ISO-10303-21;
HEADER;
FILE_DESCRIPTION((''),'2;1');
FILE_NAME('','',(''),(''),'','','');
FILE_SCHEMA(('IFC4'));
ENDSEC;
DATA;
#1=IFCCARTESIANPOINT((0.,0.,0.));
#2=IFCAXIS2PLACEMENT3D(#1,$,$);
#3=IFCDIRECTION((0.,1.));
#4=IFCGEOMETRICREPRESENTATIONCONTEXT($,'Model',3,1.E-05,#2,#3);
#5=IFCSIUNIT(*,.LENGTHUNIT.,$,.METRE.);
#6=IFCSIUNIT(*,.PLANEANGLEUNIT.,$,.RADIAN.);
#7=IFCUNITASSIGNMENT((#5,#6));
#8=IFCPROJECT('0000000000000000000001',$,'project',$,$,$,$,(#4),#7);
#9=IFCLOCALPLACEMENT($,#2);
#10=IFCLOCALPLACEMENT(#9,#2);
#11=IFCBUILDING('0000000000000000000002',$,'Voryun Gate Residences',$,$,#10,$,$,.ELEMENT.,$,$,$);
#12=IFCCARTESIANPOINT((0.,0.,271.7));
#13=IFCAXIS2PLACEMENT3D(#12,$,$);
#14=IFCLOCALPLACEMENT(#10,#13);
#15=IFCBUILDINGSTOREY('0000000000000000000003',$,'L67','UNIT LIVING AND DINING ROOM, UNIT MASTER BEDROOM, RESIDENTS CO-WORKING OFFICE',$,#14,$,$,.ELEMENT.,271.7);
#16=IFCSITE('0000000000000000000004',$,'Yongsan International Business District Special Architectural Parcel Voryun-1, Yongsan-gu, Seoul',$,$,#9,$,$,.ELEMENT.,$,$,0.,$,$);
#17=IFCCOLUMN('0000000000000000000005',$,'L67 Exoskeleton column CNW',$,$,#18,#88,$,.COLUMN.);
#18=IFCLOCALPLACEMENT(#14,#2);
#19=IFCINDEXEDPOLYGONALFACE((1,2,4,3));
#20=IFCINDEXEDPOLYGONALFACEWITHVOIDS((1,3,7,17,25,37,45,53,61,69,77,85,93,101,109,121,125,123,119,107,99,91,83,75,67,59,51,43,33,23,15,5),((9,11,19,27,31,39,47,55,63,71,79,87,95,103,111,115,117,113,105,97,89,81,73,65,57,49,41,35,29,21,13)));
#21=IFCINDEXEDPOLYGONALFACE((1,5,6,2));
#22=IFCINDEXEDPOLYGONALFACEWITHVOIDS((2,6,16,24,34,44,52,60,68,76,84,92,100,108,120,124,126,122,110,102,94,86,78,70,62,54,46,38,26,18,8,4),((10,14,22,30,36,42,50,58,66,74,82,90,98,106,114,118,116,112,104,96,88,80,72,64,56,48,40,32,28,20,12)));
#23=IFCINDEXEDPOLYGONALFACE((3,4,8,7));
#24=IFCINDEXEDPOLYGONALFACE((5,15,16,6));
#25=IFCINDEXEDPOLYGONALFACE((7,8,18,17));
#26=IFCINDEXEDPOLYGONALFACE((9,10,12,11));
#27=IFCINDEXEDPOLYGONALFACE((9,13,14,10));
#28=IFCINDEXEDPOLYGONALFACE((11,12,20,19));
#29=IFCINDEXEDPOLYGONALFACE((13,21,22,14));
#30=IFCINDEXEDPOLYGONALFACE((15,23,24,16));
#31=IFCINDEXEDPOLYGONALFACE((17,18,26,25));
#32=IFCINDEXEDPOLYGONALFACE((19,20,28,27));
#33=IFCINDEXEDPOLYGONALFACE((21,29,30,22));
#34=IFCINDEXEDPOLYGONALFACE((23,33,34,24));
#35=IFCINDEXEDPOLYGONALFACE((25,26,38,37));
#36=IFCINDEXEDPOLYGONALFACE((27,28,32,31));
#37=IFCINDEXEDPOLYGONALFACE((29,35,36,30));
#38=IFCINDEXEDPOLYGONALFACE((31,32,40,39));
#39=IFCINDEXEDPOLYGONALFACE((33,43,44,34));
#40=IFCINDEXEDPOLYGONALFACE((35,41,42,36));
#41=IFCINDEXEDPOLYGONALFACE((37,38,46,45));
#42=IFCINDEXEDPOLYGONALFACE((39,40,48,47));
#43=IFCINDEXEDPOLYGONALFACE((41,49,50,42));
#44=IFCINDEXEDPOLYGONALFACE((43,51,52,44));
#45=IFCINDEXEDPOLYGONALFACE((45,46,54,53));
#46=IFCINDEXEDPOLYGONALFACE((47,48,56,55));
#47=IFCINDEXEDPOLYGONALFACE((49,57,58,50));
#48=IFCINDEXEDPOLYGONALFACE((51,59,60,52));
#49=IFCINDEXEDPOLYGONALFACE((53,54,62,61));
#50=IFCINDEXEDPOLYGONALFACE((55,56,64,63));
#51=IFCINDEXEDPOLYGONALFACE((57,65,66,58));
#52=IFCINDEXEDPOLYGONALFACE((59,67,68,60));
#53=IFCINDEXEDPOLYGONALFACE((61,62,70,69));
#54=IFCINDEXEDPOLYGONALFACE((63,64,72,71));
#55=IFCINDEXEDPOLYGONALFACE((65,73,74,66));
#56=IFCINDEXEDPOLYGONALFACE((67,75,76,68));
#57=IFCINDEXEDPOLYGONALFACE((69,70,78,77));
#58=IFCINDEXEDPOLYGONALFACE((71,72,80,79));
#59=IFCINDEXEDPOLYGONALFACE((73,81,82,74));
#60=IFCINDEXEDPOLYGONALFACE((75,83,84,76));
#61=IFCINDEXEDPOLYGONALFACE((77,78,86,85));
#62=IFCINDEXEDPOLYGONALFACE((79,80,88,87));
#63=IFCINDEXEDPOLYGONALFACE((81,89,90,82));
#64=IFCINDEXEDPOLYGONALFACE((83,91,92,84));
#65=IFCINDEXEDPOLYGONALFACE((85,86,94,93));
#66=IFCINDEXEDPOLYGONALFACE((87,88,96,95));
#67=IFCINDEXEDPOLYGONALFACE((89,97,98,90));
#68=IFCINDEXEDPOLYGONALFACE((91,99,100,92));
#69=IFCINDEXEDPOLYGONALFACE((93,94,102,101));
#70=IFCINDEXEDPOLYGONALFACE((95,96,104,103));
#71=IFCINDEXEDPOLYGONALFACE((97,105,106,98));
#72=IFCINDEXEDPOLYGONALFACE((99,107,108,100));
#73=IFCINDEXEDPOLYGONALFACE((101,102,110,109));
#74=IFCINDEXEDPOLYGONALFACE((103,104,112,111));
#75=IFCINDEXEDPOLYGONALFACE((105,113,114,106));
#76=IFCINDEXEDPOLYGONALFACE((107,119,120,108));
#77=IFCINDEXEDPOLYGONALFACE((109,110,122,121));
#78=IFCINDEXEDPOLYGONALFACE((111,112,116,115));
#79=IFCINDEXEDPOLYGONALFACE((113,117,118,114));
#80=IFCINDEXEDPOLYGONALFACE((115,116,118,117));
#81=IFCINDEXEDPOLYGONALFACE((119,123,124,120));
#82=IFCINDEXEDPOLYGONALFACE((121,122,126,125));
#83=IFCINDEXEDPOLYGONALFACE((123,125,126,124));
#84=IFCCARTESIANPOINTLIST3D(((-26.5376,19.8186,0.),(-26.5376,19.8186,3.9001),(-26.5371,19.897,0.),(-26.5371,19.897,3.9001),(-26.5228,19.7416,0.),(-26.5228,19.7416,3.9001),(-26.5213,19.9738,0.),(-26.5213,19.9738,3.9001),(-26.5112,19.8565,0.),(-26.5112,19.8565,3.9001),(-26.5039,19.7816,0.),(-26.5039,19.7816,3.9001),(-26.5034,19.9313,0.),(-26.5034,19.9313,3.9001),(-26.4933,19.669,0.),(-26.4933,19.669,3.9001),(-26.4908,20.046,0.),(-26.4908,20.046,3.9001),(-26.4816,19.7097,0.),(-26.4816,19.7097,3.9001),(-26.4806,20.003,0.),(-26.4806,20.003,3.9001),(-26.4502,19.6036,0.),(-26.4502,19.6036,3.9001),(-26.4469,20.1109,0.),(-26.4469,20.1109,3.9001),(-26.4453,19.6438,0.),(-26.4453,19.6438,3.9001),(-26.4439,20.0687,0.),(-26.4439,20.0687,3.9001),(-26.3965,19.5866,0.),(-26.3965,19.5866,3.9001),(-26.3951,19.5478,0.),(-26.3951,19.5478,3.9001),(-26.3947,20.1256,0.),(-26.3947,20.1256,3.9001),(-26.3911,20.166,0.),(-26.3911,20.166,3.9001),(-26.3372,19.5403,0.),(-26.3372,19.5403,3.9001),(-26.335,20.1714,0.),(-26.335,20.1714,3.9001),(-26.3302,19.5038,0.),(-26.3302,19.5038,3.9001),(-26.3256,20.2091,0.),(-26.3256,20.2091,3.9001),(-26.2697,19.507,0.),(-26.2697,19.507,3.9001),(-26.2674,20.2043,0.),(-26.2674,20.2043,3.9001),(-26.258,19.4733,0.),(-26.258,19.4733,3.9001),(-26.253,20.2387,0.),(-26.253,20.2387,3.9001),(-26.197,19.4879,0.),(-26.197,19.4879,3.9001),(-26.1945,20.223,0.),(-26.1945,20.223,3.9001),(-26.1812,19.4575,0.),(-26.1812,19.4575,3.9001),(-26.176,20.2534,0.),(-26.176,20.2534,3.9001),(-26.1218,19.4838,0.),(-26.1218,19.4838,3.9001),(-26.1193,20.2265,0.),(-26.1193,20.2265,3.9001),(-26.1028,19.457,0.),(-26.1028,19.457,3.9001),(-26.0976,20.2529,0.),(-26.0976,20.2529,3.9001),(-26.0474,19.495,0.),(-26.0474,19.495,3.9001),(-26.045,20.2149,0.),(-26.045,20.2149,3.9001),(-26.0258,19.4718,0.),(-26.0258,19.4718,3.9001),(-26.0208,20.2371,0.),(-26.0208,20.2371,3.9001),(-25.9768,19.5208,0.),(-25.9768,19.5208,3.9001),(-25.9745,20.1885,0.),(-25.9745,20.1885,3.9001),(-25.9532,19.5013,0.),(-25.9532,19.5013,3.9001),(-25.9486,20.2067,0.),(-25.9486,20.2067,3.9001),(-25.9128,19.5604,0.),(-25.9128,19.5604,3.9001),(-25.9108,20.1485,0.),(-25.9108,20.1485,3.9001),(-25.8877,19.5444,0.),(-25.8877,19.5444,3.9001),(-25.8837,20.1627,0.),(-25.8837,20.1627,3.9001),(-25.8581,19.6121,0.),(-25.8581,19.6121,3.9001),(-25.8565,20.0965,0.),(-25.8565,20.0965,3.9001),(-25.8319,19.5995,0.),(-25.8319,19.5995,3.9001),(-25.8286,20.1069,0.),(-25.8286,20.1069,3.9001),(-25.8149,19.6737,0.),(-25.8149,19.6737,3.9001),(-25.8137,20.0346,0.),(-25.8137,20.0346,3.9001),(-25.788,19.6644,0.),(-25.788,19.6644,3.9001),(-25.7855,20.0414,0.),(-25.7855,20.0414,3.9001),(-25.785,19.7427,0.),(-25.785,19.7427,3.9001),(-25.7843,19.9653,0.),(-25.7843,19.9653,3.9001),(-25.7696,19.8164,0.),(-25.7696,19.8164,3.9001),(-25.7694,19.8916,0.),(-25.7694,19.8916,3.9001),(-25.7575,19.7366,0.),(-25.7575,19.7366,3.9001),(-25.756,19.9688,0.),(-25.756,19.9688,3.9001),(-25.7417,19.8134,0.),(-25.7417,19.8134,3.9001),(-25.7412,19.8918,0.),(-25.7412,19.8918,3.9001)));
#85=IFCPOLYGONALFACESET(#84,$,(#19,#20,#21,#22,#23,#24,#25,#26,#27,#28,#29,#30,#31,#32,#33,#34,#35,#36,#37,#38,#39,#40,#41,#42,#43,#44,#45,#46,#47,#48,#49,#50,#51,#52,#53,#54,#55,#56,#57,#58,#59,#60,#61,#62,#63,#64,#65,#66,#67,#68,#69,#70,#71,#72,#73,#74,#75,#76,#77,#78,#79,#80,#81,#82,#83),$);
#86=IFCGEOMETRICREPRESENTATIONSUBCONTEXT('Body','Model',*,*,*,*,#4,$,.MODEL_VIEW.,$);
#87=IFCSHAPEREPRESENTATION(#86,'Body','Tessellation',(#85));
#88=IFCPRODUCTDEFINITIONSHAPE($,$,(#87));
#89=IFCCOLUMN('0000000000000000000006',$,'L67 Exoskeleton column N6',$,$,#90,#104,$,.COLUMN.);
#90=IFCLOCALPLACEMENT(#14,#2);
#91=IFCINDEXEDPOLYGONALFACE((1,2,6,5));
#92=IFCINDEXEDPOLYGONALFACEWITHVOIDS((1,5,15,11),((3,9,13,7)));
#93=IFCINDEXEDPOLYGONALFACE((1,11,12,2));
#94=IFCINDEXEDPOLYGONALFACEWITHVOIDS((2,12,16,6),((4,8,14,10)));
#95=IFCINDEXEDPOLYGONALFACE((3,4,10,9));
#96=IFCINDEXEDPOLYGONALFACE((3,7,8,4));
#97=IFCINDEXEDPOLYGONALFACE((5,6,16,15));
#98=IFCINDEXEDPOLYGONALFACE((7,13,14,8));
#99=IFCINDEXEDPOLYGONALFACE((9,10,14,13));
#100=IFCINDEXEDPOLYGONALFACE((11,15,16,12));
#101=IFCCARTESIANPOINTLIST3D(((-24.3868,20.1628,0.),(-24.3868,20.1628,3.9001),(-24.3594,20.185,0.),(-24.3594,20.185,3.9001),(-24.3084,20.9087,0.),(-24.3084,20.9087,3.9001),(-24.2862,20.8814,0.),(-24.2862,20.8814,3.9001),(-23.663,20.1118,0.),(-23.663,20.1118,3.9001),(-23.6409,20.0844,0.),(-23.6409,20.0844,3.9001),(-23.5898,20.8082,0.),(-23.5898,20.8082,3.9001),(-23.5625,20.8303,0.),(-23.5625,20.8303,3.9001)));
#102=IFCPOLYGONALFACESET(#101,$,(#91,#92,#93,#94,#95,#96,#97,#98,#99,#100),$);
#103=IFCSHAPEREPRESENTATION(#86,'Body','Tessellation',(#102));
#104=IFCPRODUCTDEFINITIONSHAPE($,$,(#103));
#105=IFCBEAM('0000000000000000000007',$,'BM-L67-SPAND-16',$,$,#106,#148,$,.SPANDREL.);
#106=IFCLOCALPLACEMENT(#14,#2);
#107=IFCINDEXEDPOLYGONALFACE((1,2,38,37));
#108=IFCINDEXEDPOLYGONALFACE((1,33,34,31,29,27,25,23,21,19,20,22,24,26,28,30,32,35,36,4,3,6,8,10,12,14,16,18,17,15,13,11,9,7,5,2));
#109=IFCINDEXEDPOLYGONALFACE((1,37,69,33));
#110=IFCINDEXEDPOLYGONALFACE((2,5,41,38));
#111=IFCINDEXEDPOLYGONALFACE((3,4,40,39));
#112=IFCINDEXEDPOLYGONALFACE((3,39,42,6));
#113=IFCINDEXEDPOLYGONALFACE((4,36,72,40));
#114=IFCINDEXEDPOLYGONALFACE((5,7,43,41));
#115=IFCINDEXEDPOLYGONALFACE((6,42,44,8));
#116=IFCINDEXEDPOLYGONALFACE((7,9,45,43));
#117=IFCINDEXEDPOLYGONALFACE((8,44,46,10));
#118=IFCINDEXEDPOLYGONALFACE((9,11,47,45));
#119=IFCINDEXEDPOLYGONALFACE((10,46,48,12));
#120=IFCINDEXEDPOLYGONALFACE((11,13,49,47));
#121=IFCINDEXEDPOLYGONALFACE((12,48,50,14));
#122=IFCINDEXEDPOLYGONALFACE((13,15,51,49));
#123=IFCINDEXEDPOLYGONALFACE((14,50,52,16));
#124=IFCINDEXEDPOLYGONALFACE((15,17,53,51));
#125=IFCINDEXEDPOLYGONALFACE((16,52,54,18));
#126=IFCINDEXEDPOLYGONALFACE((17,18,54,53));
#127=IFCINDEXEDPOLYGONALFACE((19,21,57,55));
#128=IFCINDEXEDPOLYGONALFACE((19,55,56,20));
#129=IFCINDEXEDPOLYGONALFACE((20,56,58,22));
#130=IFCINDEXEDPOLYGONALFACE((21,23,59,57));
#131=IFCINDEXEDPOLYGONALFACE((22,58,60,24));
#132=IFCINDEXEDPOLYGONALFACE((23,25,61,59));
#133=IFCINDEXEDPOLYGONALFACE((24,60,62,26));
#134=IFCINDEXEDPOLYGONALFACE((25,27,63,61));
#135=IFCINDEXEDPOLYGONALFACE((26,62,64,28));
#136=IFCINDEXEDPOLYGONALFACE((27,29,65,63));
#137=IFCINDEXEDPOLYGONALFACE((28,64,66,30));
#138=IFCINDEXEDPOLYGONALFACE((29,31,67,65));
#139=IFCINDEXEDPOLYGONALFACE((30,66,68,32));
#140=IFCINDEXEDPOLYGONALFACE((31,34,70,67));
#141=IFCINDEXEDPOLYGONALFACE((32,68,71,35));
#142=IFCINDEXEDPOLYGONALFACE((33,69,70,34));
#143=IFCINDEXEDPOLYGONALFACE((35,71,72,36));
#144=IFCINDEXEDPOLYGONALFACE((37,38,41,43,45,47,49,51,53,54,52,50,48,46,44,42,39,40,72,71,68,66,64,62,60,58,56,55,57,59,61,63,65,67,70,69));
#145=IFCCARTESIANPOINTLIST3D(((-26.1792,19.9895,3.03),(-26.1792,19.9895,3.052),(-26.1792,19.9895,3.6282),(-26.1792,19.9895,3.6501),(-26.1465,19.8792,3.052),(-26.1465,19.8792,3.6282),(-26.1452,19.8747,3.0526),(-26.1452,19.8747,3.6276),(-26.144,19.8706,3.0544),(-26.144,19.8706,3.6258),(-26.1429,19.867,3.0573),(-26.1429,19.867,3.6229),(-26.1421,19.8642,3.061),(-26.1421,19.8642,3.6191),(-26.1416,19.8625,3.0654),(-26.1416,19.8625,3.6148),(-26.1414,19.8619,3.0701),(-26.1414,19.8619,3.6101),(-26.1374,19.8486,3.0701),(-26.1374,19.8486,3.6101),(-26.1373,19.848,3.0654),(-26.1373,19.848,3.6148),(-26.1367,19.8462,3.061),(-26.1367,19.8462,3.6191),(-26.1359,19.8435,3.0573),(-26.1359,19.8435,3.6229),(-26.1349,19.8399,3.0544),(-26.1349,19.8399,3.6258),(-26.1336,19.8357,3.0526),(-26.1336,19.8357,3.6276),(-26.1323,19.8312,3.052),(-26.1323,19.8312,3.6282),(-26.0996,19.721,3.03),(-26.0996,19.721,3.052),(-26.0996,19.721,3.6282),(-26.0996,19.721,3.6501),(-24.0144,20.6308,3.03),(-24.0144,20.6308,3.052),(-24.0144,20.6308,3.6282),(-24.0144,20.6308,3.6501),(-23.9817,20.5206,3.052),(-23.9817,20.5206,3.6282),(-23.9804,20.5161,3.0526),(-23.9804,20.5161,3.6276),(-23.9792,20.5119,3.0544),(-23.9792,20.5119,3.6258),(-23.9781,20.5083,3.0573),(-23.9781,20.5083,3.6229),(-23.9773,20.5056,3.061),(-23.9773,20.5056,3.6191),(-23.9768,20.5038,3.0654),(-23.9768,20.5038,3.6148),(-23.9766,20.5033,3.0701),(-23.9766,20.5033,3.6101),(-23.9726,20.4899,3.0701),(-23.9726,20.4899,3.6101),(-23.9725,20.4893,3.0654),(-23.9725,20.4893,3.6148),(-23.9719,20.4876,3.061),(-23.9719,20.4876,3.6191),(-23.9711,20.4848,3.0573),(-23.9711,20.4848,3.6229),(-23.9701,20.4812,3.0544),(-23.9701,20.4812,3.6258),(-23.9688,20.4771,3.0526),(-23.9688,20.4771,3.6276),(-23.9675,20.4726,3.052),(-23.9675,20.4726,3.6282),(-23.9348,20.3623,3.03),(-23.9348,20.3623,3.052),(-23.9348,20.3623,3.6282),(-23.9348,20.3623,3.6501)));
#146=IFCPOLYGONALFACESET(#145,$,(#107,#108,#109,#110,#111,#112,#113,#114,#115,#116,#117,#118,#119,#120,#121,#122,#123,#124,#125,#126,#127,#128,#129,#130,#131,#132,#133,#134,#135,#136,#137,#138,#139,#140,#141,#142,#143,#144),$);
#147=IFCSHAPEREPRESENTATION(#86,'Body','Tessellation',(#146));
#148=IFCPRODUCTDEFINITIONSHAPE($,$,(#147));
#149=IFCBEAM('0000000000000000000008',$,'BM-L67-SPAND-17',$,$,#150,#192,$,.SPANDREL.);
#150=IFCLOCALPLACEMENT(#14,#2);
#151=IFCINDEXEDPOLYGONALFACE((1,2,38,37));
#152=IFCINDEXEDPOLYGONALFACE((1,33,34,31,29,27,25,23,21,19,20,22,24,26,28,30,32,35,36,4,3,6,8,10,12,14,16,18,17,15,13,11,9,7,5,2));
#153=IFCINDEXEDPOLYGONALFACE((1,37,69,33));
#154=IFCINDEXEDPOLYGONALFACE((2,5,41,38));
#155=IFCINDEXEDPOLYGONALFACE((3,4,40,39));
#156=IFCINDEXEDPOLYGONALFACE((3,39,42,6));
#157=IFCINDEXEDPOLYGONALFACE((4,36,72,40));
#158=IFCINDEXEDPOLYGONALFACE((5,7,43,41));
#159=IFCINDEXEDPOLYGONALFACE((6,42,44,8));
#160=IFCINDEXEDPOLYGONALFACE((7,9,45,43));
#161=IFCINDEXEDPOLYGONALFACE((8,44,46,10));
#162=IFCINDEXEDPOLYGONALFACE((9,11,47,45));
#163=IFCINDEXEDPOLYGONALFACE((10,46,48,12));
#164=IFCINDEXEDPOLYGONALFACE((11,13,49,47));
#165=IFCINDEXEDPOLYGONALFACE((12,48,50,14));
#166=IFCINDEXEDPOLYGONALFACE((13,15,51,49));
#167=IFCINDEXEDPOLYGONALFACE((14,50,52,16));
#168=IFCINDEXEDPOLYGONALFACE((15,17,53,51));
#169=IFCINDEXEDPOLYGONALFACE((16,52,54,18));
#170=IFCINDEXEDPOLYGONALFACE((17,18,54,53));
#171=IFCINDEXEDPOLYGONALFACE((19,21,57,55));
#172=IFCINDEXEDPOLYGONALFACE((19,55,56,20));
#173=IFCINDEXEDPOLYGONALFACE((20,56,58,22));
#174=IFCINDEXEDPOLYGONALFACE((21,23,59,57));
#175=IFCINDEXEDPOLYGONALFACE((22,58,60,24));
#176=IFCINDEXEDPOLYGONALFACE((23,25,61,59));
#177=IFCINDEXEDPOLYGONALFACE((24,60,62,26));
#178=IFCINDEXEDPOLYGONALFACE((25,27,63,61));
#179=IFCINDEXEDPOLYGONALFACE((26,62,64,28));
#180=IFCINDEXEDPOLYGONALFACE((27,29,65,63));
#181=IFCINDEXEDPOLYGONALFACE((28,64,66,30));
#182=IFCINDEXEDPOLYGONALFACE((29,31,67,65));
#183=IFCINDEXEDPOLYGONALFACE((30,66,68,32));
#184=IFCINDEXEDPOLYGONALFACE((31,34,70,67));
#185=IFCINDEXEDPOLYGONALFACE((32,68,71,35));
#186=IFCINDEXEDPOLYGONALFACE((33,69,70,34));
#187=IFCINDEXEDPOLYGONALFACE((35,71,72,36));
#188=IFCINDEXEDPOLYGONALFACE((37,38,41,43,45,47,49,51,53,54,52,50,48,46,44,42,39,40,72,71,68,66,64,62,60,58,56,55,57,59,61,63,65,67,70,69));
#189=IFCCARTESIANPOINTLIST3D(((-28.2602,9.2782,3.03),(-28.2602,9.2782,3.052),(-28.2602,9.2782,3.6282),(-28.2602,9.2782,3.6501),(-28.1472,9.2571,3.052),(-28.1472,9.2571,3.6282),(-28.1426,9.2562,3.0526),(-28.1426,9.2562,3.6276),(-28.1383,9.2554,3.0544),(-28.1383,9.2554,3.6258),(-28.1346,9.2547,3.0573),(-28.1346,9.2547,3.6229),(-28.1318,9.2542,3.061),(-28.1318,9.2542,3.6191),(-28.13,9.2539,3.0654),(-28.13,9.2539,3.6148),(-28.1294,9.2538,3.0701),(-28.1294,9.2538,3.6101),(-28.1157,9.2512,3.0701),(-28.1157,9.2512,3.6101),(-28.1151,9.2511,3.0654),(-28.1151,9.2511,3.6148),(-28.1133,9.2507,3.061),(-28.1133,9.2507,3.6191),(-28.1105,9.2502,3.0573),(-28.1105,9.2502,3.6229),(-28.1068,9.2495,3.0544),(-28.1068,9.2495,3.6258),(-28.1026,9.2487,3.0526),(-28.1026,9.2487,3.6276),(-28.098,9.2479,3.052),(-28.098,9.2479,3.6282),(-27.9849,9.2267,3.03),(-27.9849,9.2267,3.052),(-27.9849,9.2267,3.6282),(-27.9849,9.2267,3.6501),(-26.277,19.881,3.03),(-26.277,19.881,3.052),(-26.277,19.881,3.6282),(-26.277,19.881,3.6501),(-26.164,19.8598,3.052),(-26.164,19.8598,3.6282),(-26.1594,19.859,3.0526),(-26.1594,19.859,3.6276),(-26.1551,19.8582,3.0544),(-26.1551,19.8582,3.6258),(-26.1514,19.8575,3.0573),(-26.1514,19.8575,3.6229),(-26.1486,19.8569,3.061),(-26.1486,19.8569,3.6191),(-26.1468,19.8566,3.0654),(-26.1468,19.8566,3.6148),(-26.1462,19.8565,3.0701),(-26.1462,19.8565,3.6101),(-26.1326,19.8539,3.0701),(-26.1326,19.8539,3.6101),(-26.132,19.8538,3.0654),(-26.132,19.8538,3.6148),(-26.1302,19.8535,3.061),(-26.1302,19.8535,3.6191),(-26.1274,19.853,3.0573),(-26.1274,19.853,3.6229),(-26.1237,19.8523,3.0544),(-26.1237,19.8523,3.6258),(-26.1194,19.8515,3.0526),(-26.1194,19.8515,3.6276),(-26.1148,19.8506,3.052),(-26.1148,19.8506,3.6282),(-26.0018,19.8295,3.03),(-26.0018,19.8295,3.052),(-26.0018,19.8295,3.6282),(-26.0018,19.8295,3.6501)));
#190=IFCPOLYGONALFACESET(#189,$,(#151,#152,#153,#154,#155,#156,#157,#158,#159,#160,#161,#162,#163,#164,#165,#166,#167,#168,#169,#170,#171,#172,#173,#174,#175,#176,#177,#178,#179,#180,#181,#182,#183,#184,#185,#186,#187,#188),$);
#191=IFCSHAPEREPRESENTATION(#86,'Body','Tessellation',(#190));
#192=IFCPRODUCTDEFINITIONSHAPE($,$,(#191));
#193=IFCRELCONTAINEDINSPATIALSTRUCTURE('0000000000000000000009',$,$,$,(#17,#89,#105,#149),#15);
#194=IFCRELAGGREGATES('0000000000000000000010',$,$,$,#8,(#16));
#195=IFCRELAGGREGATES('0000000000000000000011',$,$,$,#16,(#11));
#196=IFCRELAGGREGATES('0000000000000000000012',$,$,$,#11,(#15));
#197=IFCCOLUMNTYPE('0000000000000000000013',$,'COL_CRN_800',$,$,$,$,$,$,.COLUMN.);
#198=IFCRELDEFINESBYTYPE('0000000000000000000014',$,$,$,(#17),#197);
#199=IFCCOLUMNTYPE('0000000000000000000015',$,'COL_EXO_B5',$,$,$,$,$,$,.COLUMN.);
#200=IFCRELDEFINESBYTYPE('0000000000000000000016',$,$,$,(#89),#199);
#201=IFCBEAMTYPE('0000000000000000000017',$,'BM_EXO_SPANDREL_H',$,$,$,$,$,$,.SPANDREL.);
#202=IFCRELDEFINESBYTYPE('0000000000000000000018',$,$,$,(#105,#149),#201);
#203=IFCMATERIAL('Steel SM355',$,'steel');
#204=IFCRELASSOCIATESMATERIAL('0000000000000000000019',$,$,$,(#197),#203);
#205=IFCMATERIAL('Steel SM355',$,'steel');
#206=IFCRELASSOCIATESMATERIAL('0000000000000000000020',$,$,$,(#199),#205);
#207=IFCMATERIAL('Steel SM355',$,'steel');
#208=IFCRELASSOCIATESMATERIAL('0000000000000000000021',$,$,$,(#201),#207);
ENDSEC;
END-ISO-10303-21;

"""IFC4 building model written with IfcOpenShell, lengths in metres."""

from ifc_helpers import new_model, si_unit, direction, frame, origin, origin_2d, place, context, subcontext, project, spatial, hollow_rectangle, hollow_circle, i_section, extrude, material, material_profile, profile_set, type_object, element, save


model = new_model("IFC4")

# Units and contexts
model_context = context("Model", 3, precision=1e-05, world=origin(), true_north=direction((0.0, 1.0)))
body_context = subcontext(model_context, "Body", "Model", "MODEL_VIEW")
ifc_project = project(units=[si_unit("LENGTHUNIT", "METRE"), si_unit("PLANEANGLEUNIT", "RADIAN")], contexts=[model_context])

# Site, building, storey
site_placement = place(None, origin())
site = spatial("IfcSite", under=ifc_project, at=site_placement, Name="Yongsan International Business District Special Architectural Parcel Voryun-1, Yongsan-gu, Seoul", CompositionType="ELEMENT", RefElevation=0.0)
building_placement = place(site_placement, origin())
building = spatial("IfcBuilding", under=site, at=building_placement, Name="Voryun Gate Residences", CompositionType="ELEMENT")
storey_placement = place(building_placement, frame((0.0, 0.0, 271.7)))
storey = spatial("IfcBuildingStorey", under=building, at=storey_placement, Name="L67", Description="UNIT LIVING AND DINING ROOM, UNIT MASTER BEDROOM, RESIDENTS CO-WORKING OFFICE", CompositionType="ELEMENT", Elevation=271.7)

# Columns
ifc_material_1 = material(Name="Steel SM355", Category="steel")
ifc_material_profile_1 = material_profile(ifc_material_1, hollow_circle(Radius=0.3999, WallThickness=0.0281, at=origin_2d()), Name="CHS-800x28")
ifc_profile_set_1 = profile_set([ifc_material_profile_1], Name="Steel SM355")
column_type_1 = type_object("IfcColumnType", Name="COL_CRN_800", PredefinedType="COLUMN", material=ifc_profile_set_1)
column_1_placement = place(storey_placement, frame((-26.1394, 19.8552, 0.0), z_axis=(0.0, 0.0, 1.0), x_axis=(0.994522, -0.104528, 0.0)))
element("IfcColumn", 1, at=column_1_placement, inside=storey, type_object=column_type_1, Name="L67 Exoskeleton column CNW", PredefinedType="COLUMN", context=body_context, shape_type="SweptSolid", body=[
    extrude(hollow_circle(Radius=0.3999, WallThickness=0.0281, at=origin_2d()), origin(), (0.0, 0.0, 1.0), 3.9001),
])
ifc_material_2 = material(Name="Steel SM355", Category="steel")
ifc_material_profile_2 = material_profile(ifc_material_2, hollow_rectangle(XDim=0.75, YDim=0.75, WallThickness=0.0249, at=origin_2d()), Name="BOX-750x750x25")
ifc_profile_set_2 = profile_set([ifc_material_profile_2], Name="Steel SM355")
column_type_2 = type_object("IfcColumnType", Name="COL_EXO_B5", PredefinedType="COLUMN", material=ifc_profile_set_2)
column_2_placement = place(storey_placement, frame((-23.9746, 20.4966, 0.0), z_axis=(0.0, 0.0, 1.0), x_axis=(0.994522, -0.104528, 0.0)))
element("IfcColumn", 2, at=column_2_placement, inside=storey, type_object=column_type_2, Name="L67 Exoskeleton column N6", PredefinedType="COLUMN", context=body_context, shape_type="SweptSolid", body=[
    extrude(hollow_rectangle(XDim=0.75, YDim=0.75, WallThickness=0.0249, at=origin_2d()), origin(), (0.0, 0.0, 1.0), 3.9001),
])

# Beams
ifc_material_3 = material(Name="Steel SM355", Category="steel")
ifc_material_profile_3 = material_profile(ifc_material_3, i_section(OverallWidth=0.28, OverallDepth=0.6201, WebThickness=0.0139, FlangeThickness=0.022, FilletRadius=0.0181, at=origin_2d()), Name="H-620x280x14x22")
ifc_profile_set_3 = profile_set([ifc_material_profile_3], Name="Steel SM355")
beam_type = type_object("IfcBeamType", Name="BM_EXO_SPANDREL_H", PredefinedType="SPANDREL", material=ifc_profile_set_3)
beam_1_placement = place(storey_placement, frame((-23.9746, 20.4966, 3.3401), z_axis=(-0.958806, -0.284063, 0.0), x_axis=(0.284063, -0.958806, 0.0)))
element("IfcBeam", 3, at=beam_1_placement, inside=storey, type_object=beam_type, Name="BM-L67-SPAND-16", PredefinedType="SPANDREL", context=body_context, shape_type="SweptSolid", body=[
    extrude(i_section(OverallWidth=0.28, OverallDepth=0.6201, WebThickness=0.0139, FlangeThickness=0.022, FilletRadius=0.0181, at=origin_2d()), origin(), (0.0, 0.0, 1.0), 2.2578),
])
beam_2_placement = place(storey_placement, frame((-26.1394, 19.8552, 3.3401), z_axis=(-0.183853, -0.982954, 0.0), x_axis=(0.982954, -0.183853, 0.0)))
element("IfcBeam", 4, at=beam_2_placement, inside=storey, type_object=beam_type, Name="BM-L67-SPAND-17", PredefinedType="SPANDREL", context=body_context, shape_type="SweptSolid", body=[
    extrude(i_section(OverallWidth=0.28, OverallDepth=0.6201, WebThickness=0.0139, FlangeThickness=0.022, FilletRadius=0.0181, at=origin_2d()), origin(), (0.0, 0.0, 1.0), 10.7866),
])

save(model, "model.ifc")
